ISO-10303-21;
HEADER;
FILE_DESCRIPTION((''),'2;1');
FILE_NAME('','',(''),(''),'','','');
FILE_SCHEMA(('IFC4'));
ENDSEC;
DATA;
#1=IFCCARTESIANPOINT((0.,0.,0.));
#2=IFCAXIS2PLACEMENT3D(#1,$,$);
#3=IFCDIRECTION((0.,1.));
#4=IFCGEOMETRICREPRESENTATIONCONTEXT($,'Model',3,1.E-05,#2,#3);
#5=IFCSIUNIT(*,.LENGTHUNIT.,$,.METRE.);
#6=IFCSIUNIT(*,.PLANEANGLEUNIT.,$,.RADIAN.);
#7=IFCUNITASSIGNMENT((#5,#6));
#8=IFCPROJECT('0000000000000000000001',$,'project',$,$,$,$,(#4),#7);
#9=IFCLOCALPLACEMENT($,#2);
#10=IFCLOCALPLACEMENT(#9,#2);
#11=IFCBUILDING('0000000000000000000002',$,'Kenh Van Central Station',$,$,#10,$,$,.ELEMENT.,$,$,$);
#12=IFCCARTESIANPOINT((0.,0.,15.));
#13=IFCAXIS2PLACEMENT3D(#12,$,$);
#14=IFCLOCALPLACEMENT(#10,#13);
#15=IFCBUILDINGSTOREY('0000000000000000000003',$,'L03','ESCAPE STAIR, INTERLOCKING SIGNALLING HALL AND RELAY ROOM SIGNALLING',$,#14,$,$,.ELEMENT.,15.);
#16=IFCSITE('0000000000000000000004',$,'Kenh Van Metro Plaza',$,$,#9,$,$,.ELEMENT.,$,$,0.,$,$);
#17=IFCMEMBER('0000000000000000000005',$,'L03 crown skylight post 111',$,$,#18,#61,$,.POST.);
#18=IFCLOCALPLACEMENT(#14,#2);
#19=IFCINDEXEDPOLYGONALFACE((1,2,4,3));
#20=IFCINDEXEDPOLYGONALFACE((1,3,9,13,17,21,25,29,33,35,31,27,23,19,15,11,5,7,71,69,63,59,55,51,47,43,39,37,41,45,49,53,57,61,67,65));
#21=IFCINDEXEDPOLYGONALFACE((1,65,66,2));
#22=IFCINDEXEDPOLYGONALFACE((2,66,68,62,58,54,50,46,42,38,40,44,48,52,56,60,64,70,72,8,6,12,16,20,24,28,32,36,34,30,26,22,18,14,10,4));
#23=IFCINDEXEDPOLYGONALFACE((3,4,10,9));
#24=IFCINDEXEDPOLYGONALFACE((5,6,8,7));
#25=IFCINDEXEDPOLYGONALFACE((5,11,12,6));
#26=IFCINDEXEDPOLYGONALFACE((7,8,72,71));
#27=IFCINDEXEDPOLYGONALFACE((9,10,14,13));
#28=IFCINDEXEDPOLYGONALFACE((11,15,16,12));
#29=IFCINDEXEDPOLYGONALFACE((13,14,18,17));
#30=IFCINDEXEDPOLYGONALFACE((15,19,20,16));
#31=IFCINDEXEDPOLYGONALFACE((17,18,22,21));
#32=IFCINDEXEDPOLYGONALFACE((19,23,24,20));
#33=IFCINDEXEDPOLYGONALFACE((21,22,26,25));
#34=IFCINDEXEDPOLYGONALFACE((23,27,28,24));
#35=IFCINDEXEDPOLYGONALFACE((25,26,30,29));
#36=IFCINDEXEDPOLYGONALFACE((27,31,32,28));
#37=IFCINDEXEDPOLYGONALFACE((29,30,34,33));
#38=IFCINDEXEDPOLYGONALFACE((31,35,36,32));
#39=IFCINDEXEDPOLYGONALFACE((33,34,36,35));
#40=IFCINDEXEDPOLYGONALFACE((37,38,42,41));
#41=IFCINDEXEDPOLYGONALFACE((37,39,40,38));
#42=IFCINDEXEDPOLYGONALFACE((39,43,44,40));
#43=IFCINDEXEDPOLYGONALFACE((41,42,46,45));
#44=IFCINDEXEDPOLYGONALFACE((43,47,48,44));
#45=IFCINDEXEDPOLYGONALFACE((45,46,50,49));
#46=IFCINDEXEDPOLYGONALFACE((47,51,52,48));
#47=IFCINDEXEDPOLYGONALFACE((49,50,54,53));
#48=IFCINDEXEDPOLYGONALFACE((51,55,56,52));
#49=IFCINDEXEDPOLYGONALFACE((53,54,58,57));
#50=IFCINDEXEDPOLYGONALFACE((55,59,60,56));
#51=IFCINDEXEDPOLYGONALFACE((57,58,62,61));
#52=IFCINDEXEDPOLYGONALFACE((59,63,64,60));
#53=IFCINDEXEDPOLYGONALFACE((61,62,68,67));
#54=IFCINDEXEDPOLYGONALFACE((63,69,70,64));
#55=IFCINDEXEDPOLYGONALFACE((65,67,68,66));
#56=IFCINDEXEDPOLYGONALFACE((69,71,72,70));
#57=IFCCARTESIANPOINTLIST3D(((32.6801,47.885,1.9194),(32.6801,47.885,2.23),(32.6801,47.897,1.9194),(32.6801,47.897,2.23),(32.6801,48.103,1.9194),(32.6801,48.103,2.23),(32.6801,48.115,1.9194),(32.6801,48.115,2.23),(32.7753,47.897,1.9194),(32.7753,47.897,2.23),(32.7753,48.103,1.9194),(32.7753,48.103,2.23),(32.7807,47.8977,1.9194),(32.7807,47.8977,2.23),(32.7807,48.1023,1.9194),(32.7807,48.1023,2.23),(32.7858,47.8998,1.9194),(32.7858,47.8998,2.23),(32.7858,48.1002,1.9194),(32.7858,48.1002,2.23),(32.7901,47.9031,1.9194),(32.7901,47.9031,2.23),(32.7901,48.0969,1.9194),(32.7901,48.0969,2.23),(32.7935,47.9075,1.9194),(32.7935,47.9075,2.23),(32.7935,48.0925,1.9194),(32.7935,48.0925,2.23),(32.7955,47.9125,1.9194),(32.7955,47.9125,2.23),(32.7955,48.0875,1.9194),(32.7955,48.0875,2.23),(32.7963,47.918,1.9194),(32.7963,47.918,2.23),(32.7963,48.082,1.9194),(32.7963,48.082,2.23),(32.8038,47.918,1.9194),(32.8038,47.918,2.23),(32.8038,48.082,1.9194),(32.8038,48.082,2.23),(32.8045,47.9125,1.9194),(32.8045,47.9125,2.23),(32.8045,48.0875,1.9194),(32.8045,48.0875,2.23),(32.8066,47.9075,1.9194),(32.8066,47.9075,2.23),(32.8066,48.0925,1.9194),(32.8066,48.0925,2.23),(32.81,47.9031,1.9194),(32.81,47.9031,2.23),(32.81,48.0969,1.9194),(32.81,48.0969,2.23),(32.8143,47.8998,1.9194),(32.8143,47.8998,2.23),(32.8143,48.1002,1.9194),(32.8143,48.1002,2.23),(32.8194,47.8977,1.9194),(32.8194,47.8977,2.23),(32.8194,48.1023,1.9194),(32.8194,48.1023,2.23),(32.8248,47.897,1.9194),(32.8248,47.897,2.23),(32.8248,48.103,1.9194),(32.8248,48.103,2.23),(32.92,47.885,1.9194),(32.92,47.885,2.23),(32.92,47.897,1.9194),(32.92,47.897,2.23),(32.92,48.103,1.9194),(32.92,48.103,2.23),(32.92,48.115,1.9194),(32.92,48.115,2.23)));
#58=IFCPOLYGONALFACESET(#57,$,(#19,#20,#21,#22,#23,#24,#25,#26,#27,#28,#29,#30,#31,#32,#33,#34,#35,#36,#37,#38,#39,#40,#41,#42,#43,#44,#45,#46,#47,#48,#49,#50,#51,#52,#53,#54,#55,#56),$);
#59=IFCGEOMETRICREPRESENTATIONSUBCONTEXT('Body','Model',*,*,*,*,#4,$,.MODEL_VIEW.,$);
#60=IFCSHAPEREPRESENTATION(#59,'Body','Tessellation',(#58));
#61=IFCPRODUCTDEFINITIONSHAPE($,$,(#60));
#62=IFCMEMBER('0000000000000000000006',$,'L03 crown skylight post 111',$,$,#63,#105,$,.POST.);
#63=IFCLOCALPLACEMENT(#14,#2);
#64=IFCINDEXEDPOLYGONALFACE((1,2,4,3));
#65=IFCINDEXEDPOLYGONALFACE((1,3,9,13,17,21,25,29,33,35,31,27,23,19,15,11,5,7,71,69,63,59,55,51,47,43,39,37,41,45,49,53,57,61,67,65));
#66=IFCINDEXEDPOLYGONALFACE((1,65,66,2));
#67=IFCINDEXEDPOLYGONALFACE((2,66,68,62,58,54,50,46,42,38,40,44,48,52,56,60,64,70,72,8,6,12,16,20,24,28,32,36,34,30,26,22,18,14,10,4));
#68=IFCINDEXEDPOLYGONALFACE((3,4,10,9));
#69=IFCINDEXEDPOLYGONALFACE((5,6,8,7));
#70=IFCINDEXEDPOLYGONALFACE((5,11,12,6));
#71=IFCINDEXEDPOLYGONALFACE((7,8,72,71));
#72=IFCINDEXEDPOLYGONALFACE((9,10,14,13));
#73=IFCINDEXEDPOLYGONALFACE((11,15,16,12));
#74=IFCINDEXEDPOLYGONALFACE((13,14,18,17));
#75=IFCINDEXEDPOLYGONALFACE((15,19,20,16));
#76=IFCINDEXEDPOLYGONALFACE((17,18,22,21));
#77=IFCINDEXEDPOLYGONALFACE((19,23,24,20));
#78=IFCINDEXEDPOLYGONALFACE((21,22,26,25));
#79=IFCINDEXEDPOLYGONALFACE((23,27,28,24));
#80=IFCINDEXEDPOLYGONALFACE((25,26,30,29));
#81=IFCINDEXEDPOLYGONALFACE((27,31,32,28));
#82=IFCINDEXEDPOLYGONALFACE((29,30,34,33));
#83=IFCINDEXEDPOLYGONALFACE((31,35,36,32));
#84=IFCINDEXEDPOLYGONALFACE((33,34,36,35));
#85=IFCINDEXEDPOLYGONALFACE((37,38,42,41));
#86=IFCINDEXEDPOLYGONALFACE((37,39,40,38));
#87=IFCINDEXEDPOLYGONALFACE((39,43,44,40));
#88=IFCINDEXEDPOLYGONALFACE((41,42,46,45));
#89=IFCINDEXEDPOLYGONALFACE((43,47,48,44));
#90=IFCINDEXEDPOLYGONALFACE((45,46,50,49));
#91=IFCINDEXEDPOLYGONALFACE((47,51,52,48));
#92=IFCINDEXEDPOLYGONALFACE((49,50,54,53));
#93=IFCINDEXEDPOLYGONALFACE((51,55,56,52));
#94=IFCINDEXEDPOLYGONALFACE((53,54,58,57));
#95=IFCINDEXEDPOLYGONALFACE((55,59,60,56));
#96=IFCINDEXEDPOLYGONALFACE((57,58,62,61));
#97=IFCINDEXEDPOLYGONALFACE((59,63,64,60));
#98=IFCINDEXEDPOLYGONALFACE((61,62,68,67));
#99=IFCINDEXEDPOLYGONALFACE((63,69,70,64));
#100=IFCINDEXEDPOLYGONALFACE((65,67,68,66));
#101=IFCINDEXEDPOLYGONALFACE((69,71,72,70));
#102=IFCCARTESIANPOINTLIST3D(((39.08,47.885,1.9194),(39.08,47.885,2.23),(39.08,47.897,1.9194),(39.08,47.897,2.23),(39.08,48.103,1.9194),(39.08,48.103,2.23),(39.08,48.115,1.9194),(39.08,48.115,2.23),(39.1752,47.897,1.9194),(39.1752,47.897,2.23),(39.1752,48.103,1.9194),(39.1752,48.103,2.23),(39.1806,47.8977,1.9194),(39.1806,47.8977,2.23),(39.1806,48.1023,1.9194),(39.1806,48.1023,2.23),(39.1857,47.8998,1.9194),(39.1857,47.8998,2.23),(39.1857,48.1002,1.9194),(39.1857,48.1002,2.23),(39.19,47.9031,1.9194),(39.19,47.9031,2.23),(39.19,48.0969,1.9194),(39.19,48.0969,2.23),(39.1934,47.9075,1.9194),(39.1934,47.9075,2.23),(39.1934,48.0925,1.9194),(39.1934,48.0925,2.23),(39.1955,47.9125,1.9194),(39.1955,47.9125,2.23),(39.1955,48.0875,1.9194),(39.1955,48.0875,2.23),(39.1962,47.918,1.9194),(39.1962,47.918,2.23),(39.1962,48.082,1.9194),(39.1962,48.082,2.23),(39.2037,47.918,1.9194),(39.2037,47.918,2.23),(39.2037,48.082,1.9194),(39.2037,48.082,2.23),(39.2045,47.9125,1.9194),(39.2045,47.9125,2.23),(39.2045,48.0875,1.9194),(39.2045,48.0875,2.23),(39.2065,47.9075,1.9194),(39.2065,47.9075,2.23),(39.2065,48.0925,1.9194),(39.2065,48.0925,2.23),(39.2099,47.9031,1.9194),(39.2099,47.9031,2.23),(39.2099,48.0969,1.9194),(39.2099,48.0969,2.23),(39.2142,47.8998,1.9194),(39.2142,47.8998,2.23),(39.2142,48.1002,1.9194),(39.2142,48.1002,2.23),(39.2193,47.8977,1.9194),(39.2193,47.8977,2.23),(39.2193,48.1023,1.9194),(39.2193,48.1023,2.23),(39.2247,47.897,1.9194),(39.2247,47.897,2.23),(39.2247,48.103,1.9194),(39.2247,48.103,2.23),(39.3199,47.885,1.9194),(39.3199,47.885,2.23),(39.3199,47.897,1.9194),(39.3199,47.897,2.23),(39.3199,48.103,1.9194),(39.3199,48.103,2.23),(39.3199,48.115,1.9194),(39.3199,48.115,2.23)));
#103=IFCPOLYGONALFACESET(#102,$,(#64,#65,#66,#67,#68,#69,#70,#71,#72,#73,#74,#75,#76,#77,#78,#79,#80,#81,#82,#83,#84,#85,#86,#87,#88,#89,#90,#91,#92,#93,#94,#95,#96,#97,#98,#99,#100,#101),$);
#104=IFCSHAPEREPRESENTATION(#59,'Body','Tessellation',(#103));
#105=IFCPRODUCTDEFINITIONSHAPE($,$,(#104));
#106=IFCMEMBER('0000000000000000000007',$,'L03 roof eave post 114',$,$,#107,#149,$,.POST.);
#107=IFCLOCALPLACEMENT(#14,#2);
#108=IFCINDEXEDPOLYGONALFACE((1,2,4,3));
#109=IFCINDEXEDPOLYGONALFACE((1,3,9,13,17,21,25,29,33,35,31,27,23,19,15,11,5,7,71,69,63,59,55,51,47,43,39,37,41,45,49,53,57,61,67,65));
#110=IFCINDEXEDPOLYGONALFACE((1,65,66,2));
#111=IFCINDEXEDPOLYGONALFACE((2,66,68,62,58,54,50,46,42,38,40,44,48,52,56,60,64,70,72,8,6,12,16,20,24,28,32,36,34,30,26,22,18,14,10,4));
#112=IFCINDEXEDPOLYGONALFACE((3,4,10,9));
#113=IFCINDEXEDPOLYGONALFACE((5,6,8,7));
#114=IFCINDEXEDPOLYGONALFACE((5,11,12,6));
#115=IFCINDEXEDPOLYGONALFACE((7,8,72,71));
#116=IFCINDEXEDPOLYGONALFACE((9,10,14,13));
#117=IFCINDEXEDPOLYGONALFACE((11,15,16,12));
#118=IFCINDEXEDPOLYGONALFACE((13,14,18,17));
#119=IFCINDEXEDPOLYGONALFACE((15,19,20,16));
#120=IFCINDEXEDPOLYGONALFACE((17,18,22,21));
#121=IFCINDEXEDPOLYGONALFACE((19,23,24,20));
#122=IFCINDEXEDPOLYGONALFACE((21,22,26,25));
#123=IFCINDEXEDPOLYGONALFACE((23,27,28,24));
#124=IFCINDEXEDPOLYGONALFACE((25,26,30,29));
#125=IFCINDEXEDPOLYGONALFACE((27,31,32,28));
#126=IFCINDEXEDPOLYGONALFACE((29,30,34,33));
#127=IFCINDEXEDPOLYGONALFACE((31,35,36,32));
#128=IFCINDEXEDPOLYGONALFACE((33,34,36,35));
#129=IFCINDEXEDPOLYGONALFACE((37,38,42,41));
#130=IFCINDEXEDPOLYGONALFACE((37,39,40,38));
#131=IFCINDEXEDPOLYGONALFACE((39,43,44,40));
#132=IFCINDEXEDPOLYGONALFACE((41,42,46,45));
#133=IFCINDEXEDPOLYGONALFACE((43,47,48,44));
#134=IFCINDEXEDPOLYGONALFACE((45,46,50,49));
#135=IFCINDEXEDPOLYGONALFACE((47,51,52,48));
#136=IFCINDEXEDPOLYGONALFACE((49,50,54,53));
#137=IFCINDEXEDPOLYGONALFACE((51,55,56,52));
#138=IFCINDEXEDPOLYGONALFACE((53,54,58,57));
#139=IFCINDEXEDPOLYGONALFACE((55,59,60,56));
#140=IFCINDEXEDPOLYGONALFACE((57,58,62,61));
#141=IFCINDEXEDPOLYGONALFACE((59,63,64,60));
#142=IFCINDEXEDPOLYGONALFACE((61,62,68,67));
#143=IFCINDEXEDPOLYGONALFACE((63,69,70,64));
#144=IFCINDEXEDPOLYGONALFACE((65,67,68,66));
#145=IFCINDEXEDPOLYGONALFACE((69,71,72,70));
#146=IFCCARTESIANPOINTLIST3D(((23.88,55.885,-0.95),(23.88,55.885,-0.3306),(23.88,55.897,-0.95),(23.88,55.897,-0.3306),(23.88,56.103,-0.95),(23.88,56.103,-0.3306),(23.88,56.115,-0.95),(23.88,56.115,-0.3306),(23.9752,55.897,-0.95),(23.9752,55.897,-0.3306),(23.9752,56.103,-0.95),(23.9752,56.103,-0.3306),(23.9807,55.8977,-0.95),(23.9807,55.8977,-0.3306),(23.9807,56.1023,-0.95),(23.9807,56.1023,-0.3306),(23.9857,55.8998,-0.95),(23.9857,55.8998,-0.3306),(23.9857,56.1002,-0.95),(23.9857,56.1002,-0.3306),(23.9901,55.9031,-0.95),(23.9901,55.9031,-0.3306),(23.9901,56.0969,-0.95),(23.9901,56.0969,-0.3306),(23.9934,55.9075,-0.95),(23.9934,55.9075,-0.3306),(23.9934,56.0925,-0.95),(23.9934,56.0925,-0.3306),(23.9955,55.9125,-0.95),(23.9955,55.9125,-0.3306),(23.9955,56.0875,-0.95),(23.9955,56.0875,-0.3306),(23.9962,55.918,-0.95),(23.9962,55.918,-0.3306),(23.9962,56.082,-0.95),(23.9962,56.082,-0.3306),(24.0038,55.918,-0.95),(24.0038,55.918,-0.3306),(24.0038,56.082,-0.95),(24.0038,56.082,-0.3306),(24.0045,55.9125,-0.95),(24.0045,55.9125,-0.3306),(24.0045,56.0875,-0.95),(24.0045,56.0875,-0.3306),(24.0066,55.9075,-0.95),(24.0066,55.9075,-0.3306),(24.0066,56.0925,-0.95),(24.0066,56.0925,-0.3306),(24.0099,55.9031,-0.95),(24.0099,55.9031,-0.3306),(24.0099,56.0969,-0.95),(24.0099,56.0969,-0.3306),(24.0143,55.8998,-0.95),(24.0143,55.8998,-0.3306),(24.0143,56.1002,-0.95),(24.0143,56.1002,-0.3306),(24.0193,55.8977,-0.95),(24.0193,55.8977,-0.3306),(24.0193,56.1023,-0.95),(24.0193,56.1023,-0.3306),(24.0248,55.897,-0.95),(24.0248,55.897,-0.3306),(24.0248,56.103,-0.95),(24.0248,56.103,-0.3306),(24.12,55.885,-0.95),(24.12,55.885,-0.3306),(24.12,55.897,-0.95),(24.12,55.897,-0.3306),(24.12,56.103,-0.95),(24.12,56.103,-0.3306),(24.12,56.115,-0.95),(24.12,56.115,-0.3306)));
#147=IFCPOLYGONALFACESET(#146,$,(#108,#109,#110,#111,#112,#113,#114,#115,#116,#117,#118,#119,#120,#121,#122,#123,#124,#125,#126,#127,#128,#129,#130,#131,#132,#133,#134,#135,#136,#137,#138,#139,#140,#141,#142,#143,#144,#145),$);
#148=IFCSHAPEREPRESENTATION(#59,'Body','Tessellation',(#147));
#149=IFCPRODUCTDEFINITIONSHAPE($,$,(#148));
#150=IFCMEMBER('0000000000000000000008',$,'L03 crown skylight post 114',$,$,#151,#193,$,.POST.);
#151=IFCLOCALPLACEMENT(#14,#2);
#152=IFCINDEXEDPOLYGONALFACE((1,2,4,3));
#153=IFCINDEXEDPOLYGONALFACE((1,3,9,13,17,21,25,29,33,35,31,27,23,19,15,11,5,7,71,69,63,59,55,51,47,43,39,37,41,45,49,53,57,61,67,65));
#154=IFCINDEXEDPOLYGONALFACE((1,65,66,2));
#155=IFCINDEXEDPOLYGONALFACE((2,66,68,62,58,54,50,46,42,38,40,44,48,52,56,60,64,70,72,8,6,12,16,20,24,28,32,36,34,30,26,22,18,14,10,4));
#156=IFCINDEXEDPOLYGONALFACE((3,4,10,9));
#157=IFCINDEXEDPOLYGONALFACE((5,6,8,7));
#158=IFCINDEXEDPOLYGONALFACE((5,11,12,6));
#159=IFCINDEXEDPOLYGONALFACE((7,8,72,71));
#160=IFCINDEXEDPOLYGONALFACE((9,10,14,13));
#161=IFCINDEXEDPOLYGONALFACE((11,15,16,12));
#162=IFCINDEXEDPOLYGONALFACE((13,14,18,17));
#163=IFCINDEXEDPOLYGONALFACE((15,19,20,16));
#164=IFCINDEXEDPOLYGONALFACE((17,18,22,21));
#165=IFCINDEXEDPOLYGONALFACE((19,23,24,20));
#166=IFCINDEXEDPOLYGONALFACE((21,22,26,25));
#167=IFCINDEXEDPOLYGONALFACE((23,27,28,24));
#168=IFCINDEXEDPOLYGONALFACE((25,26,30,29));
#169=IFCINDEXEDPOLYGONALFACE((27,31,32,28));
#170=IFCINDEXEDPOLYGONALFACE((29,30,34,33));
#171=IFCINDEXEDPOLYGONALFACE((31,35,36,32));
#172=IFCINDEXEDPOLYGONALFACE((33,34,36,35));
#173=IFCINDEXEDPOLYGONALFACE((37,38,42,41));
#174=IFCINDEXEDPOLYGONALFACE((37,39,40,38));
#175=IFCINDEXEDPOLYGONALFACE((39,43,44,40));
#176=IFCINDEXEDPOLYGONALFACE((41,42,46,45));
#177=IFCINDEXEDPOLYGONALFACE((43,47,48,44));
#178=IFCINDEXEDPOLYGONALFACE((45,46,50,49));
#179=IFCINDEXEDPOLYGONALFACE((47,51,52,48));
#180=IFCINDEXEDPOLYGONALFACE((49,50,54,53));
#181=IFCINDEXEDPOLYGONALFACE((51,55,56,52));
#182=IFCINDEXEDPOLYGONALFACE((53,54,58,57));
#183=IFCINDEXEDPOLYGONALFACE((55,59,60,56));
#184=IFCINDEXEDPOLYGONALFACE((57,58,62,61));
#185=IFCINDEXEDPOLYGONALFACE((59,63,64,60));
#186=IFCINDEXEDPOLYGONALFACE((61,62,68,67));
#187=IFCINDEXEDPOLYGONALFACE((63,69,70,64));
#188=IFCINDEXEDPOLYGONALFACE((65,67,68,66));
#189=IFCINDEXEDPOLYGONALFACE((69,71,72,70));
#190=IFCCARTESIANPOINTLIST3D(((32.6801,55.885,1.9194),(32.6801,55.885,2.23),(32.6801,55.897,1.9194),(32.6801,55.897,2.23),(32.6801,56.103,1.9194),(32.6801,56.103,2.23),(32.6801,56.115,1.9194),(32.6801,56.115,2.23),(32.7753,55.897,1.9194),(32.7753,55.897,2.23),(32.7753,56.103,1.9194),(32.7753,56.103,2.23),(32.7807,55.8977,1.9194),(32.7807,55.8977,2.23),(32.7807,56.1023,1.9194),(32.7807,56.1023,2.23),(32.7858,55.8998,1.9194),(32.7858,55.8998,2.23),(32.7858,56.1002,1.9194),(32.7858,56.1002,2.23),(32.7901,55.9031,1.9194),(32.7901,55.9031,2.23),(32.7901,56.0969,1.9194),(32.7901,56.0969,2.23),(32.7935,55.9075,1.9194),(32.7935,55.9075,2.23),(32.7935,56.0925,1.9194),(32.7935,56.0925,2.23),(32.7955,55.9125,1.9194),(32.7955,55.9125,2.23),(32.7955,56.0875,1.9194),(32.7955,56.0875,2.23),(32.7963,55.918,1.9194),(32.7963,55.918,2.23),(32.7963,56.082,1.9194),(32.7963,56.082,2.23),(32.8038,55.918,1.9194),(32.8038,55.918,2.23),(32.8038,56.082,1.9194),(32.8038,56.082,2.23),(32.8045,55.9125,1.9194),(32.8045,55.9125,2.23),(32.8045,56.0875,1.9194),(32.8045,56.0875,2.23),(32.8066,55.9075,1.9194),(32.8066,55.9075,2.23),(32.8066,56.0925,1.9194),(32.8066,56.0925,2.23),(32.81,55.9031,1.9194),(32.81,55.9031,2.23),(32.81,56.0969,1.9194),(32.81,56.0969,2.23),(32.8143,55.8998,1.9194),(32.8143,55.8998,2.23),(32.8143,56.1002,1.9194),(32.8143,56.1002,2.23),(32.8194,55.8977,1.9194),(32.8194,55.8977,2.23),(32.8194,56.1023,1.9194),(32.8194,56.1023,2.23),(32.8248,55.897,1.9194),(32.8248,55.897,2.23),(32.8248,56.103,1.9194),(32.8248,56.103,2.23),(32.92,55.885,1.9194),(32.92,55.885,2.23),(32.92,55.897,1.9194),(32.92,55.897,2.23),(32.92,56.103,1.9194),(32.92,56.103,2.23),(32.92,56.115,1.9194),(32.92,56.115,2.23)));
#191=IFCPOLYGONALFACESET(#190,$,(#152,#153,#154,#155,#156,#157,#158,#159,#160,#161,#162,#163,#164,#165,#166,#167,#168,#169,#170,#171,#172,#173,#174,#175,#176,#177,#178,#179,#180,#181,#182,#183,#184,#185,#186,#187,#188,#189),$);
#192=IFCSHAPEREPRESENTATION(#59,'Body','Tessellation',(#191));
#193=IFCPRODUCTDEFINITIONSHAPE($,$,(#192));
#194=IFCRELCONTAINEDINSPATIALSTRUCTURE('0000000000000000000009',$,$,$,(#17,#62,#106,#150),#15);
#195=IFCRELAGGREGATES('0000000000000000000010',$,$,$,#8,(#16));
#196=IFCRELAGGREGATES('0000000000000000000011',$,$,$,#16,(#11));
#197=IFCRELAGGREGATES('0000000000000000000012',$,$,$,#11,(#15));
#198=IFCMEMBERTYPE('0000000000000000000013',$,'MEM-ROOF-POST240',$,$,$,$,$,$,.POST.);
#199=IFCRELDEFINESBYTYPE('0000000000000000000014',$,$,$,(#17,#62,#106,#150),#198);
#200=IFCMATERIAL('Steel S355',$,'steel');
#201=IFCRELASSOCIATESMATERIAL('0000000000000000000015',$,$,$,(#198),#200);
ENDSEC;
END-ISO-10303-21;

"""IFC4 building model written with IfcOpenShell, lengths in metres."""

from ifc_helpers import new_model, si_unit, direction, frame, origin, origin_2d, place, context, subcontext, project, spatial, i_section, extrude, material, material_profile, profile_set, type_object, element, save


model = new_model("IFC4")

# Units and contexts
model_context = context("Model", 3, precision=1e-05, world=origin(), true_north=direction((0.0, 1.0)))
body_context = subcontext(model_context, "Body", "Model", "MODEL_VIEW")
ifc_project = project(units=[si_unit("LENGTHUNIT", "METRE"), si_unit("PLANEANGLEUNIT", "RADIAN")], contexts=[model_context])

# Site, building, storey
site_placement = place(None, origin())
site = spatial("IfcSite", under=ifc_project, at=site_placement, Name="Kenh Van Metro Plaza", CompositionType="ELEMENT", RefElevation=0.0)
building_placement = place(site_placement, origin())
building = spatial("IfcBuilding", under=site, at=building_placement, Name="Kenh Van Central Station", CompositionType="ELEMENT")
storey_placement = place(building_placement, frame((0.0, 0.0, 15.0)))
storey = spatial("IfcBuildingStorey", under=building, at=storey_placement, Name="L03", Description="ESCAPE STAIR, INTERLOCKING SIGNALLING HALL AND RELAY ROOM SIGNALLING", CompositionType="ELEMENT", Elevation=15.0)

# Shared definitions
ifc_material_1 = material(Name="Steel S355", Category="steel")

# Members
ifc_material_profile_1 = material_profile(ifc_material_1, i_section(OverallWidth=0.24, OverallDepth=0.23, WebThickness=0.0076, FlangeThickness=0.012, FilletRadius=0.021, at=origin_2d()), Name="HEA 240")
ifc_profile_set_1 = profile_set([ifc_material_profile_1], Name="Steel S355")
member_type_1 = type_object("IfcMemberType", Name="MEM-ROOF-POST240", PredefinedType="POST", material=ifc_profile_set_1)
for number, where, z_axis, x_axis, name in (
    (1, (32.8, 48.0, 1.9194), (0.0, 0.0, 1.0), (1.0, 0.0, 0.0), "L03 crown skylight post 111"),
    (2, (39.2, 48.0, 1.9194), (0.0, 0.0, 1.0), (1.0, 0.0, 0.0), "L03 crown skylight post 111"),
):
    element("IfcMember", number, at=place(storey_placement, frame(where, z_axis=z_axis, x_axis=x_axis)), inside=storey, type_object=member_type_1, Name=name, PredefinedType="POST", context=body_context, shape_type="SweptSolid", body=[
        extrude(i_section(OverallWidth=0.24, OverallDepth=0.23, WebThickness=0.0076, FlangeThickness=0.012, FilletRadius=0.021, at=origin_2d()), origin(), (0.0, 0.0, 1.0), 0.3105),
    ])
member_1_placement = place(storey_placement, frame((24.0, 56.0, -0.95), z_axis=(0.0, 0.0, 1.0), x_axis=(1.0, 0.0, 0.0)))
element("IfcMember", 3, at=member_1_placement, inside=storey, type_object=member_type_1, Name="L03 roof eave post 114", PredefinedType="POST", context=body_context, shape_type="SweptSolid", body=[
    extrude(i_section(OverallWidth=0.24, OverallDepth=0.23, WebThickness=0.0076, FlangeThickness=0.012, FilletRadius=0.021, at=origin_2d()), origin(), (0.0, 0.0, 1.0), 0.6194),
])
for number, where, z_axis, x_axis, name in (
    (4, (32.8, 56.0, 1.9194), (0.0, 0.0, 1.0), (1.0, 0.0, 0.0), "L03 crown skylight post 114"),
):
    element("IfcMember", number, at=place(storey_placement, frame(where, z_axis=z_axis, x_axis=x_axis)), inside=storey, type_object=member_type_1, Name=name, PredefinedType="POST", context=body_context, shape_type="SweptSolid", body=[
        extrude(i_section(OverallWidth=0.24, OverallDepth=0.23, WebThickness=0.0076, FlangeThickness=0.012, FilletRadius=0.021, at=origin_2d()), origin(), (0.0, 0.0, 1.0), 0.3105),
    ])

save(model, "model.ifc")
